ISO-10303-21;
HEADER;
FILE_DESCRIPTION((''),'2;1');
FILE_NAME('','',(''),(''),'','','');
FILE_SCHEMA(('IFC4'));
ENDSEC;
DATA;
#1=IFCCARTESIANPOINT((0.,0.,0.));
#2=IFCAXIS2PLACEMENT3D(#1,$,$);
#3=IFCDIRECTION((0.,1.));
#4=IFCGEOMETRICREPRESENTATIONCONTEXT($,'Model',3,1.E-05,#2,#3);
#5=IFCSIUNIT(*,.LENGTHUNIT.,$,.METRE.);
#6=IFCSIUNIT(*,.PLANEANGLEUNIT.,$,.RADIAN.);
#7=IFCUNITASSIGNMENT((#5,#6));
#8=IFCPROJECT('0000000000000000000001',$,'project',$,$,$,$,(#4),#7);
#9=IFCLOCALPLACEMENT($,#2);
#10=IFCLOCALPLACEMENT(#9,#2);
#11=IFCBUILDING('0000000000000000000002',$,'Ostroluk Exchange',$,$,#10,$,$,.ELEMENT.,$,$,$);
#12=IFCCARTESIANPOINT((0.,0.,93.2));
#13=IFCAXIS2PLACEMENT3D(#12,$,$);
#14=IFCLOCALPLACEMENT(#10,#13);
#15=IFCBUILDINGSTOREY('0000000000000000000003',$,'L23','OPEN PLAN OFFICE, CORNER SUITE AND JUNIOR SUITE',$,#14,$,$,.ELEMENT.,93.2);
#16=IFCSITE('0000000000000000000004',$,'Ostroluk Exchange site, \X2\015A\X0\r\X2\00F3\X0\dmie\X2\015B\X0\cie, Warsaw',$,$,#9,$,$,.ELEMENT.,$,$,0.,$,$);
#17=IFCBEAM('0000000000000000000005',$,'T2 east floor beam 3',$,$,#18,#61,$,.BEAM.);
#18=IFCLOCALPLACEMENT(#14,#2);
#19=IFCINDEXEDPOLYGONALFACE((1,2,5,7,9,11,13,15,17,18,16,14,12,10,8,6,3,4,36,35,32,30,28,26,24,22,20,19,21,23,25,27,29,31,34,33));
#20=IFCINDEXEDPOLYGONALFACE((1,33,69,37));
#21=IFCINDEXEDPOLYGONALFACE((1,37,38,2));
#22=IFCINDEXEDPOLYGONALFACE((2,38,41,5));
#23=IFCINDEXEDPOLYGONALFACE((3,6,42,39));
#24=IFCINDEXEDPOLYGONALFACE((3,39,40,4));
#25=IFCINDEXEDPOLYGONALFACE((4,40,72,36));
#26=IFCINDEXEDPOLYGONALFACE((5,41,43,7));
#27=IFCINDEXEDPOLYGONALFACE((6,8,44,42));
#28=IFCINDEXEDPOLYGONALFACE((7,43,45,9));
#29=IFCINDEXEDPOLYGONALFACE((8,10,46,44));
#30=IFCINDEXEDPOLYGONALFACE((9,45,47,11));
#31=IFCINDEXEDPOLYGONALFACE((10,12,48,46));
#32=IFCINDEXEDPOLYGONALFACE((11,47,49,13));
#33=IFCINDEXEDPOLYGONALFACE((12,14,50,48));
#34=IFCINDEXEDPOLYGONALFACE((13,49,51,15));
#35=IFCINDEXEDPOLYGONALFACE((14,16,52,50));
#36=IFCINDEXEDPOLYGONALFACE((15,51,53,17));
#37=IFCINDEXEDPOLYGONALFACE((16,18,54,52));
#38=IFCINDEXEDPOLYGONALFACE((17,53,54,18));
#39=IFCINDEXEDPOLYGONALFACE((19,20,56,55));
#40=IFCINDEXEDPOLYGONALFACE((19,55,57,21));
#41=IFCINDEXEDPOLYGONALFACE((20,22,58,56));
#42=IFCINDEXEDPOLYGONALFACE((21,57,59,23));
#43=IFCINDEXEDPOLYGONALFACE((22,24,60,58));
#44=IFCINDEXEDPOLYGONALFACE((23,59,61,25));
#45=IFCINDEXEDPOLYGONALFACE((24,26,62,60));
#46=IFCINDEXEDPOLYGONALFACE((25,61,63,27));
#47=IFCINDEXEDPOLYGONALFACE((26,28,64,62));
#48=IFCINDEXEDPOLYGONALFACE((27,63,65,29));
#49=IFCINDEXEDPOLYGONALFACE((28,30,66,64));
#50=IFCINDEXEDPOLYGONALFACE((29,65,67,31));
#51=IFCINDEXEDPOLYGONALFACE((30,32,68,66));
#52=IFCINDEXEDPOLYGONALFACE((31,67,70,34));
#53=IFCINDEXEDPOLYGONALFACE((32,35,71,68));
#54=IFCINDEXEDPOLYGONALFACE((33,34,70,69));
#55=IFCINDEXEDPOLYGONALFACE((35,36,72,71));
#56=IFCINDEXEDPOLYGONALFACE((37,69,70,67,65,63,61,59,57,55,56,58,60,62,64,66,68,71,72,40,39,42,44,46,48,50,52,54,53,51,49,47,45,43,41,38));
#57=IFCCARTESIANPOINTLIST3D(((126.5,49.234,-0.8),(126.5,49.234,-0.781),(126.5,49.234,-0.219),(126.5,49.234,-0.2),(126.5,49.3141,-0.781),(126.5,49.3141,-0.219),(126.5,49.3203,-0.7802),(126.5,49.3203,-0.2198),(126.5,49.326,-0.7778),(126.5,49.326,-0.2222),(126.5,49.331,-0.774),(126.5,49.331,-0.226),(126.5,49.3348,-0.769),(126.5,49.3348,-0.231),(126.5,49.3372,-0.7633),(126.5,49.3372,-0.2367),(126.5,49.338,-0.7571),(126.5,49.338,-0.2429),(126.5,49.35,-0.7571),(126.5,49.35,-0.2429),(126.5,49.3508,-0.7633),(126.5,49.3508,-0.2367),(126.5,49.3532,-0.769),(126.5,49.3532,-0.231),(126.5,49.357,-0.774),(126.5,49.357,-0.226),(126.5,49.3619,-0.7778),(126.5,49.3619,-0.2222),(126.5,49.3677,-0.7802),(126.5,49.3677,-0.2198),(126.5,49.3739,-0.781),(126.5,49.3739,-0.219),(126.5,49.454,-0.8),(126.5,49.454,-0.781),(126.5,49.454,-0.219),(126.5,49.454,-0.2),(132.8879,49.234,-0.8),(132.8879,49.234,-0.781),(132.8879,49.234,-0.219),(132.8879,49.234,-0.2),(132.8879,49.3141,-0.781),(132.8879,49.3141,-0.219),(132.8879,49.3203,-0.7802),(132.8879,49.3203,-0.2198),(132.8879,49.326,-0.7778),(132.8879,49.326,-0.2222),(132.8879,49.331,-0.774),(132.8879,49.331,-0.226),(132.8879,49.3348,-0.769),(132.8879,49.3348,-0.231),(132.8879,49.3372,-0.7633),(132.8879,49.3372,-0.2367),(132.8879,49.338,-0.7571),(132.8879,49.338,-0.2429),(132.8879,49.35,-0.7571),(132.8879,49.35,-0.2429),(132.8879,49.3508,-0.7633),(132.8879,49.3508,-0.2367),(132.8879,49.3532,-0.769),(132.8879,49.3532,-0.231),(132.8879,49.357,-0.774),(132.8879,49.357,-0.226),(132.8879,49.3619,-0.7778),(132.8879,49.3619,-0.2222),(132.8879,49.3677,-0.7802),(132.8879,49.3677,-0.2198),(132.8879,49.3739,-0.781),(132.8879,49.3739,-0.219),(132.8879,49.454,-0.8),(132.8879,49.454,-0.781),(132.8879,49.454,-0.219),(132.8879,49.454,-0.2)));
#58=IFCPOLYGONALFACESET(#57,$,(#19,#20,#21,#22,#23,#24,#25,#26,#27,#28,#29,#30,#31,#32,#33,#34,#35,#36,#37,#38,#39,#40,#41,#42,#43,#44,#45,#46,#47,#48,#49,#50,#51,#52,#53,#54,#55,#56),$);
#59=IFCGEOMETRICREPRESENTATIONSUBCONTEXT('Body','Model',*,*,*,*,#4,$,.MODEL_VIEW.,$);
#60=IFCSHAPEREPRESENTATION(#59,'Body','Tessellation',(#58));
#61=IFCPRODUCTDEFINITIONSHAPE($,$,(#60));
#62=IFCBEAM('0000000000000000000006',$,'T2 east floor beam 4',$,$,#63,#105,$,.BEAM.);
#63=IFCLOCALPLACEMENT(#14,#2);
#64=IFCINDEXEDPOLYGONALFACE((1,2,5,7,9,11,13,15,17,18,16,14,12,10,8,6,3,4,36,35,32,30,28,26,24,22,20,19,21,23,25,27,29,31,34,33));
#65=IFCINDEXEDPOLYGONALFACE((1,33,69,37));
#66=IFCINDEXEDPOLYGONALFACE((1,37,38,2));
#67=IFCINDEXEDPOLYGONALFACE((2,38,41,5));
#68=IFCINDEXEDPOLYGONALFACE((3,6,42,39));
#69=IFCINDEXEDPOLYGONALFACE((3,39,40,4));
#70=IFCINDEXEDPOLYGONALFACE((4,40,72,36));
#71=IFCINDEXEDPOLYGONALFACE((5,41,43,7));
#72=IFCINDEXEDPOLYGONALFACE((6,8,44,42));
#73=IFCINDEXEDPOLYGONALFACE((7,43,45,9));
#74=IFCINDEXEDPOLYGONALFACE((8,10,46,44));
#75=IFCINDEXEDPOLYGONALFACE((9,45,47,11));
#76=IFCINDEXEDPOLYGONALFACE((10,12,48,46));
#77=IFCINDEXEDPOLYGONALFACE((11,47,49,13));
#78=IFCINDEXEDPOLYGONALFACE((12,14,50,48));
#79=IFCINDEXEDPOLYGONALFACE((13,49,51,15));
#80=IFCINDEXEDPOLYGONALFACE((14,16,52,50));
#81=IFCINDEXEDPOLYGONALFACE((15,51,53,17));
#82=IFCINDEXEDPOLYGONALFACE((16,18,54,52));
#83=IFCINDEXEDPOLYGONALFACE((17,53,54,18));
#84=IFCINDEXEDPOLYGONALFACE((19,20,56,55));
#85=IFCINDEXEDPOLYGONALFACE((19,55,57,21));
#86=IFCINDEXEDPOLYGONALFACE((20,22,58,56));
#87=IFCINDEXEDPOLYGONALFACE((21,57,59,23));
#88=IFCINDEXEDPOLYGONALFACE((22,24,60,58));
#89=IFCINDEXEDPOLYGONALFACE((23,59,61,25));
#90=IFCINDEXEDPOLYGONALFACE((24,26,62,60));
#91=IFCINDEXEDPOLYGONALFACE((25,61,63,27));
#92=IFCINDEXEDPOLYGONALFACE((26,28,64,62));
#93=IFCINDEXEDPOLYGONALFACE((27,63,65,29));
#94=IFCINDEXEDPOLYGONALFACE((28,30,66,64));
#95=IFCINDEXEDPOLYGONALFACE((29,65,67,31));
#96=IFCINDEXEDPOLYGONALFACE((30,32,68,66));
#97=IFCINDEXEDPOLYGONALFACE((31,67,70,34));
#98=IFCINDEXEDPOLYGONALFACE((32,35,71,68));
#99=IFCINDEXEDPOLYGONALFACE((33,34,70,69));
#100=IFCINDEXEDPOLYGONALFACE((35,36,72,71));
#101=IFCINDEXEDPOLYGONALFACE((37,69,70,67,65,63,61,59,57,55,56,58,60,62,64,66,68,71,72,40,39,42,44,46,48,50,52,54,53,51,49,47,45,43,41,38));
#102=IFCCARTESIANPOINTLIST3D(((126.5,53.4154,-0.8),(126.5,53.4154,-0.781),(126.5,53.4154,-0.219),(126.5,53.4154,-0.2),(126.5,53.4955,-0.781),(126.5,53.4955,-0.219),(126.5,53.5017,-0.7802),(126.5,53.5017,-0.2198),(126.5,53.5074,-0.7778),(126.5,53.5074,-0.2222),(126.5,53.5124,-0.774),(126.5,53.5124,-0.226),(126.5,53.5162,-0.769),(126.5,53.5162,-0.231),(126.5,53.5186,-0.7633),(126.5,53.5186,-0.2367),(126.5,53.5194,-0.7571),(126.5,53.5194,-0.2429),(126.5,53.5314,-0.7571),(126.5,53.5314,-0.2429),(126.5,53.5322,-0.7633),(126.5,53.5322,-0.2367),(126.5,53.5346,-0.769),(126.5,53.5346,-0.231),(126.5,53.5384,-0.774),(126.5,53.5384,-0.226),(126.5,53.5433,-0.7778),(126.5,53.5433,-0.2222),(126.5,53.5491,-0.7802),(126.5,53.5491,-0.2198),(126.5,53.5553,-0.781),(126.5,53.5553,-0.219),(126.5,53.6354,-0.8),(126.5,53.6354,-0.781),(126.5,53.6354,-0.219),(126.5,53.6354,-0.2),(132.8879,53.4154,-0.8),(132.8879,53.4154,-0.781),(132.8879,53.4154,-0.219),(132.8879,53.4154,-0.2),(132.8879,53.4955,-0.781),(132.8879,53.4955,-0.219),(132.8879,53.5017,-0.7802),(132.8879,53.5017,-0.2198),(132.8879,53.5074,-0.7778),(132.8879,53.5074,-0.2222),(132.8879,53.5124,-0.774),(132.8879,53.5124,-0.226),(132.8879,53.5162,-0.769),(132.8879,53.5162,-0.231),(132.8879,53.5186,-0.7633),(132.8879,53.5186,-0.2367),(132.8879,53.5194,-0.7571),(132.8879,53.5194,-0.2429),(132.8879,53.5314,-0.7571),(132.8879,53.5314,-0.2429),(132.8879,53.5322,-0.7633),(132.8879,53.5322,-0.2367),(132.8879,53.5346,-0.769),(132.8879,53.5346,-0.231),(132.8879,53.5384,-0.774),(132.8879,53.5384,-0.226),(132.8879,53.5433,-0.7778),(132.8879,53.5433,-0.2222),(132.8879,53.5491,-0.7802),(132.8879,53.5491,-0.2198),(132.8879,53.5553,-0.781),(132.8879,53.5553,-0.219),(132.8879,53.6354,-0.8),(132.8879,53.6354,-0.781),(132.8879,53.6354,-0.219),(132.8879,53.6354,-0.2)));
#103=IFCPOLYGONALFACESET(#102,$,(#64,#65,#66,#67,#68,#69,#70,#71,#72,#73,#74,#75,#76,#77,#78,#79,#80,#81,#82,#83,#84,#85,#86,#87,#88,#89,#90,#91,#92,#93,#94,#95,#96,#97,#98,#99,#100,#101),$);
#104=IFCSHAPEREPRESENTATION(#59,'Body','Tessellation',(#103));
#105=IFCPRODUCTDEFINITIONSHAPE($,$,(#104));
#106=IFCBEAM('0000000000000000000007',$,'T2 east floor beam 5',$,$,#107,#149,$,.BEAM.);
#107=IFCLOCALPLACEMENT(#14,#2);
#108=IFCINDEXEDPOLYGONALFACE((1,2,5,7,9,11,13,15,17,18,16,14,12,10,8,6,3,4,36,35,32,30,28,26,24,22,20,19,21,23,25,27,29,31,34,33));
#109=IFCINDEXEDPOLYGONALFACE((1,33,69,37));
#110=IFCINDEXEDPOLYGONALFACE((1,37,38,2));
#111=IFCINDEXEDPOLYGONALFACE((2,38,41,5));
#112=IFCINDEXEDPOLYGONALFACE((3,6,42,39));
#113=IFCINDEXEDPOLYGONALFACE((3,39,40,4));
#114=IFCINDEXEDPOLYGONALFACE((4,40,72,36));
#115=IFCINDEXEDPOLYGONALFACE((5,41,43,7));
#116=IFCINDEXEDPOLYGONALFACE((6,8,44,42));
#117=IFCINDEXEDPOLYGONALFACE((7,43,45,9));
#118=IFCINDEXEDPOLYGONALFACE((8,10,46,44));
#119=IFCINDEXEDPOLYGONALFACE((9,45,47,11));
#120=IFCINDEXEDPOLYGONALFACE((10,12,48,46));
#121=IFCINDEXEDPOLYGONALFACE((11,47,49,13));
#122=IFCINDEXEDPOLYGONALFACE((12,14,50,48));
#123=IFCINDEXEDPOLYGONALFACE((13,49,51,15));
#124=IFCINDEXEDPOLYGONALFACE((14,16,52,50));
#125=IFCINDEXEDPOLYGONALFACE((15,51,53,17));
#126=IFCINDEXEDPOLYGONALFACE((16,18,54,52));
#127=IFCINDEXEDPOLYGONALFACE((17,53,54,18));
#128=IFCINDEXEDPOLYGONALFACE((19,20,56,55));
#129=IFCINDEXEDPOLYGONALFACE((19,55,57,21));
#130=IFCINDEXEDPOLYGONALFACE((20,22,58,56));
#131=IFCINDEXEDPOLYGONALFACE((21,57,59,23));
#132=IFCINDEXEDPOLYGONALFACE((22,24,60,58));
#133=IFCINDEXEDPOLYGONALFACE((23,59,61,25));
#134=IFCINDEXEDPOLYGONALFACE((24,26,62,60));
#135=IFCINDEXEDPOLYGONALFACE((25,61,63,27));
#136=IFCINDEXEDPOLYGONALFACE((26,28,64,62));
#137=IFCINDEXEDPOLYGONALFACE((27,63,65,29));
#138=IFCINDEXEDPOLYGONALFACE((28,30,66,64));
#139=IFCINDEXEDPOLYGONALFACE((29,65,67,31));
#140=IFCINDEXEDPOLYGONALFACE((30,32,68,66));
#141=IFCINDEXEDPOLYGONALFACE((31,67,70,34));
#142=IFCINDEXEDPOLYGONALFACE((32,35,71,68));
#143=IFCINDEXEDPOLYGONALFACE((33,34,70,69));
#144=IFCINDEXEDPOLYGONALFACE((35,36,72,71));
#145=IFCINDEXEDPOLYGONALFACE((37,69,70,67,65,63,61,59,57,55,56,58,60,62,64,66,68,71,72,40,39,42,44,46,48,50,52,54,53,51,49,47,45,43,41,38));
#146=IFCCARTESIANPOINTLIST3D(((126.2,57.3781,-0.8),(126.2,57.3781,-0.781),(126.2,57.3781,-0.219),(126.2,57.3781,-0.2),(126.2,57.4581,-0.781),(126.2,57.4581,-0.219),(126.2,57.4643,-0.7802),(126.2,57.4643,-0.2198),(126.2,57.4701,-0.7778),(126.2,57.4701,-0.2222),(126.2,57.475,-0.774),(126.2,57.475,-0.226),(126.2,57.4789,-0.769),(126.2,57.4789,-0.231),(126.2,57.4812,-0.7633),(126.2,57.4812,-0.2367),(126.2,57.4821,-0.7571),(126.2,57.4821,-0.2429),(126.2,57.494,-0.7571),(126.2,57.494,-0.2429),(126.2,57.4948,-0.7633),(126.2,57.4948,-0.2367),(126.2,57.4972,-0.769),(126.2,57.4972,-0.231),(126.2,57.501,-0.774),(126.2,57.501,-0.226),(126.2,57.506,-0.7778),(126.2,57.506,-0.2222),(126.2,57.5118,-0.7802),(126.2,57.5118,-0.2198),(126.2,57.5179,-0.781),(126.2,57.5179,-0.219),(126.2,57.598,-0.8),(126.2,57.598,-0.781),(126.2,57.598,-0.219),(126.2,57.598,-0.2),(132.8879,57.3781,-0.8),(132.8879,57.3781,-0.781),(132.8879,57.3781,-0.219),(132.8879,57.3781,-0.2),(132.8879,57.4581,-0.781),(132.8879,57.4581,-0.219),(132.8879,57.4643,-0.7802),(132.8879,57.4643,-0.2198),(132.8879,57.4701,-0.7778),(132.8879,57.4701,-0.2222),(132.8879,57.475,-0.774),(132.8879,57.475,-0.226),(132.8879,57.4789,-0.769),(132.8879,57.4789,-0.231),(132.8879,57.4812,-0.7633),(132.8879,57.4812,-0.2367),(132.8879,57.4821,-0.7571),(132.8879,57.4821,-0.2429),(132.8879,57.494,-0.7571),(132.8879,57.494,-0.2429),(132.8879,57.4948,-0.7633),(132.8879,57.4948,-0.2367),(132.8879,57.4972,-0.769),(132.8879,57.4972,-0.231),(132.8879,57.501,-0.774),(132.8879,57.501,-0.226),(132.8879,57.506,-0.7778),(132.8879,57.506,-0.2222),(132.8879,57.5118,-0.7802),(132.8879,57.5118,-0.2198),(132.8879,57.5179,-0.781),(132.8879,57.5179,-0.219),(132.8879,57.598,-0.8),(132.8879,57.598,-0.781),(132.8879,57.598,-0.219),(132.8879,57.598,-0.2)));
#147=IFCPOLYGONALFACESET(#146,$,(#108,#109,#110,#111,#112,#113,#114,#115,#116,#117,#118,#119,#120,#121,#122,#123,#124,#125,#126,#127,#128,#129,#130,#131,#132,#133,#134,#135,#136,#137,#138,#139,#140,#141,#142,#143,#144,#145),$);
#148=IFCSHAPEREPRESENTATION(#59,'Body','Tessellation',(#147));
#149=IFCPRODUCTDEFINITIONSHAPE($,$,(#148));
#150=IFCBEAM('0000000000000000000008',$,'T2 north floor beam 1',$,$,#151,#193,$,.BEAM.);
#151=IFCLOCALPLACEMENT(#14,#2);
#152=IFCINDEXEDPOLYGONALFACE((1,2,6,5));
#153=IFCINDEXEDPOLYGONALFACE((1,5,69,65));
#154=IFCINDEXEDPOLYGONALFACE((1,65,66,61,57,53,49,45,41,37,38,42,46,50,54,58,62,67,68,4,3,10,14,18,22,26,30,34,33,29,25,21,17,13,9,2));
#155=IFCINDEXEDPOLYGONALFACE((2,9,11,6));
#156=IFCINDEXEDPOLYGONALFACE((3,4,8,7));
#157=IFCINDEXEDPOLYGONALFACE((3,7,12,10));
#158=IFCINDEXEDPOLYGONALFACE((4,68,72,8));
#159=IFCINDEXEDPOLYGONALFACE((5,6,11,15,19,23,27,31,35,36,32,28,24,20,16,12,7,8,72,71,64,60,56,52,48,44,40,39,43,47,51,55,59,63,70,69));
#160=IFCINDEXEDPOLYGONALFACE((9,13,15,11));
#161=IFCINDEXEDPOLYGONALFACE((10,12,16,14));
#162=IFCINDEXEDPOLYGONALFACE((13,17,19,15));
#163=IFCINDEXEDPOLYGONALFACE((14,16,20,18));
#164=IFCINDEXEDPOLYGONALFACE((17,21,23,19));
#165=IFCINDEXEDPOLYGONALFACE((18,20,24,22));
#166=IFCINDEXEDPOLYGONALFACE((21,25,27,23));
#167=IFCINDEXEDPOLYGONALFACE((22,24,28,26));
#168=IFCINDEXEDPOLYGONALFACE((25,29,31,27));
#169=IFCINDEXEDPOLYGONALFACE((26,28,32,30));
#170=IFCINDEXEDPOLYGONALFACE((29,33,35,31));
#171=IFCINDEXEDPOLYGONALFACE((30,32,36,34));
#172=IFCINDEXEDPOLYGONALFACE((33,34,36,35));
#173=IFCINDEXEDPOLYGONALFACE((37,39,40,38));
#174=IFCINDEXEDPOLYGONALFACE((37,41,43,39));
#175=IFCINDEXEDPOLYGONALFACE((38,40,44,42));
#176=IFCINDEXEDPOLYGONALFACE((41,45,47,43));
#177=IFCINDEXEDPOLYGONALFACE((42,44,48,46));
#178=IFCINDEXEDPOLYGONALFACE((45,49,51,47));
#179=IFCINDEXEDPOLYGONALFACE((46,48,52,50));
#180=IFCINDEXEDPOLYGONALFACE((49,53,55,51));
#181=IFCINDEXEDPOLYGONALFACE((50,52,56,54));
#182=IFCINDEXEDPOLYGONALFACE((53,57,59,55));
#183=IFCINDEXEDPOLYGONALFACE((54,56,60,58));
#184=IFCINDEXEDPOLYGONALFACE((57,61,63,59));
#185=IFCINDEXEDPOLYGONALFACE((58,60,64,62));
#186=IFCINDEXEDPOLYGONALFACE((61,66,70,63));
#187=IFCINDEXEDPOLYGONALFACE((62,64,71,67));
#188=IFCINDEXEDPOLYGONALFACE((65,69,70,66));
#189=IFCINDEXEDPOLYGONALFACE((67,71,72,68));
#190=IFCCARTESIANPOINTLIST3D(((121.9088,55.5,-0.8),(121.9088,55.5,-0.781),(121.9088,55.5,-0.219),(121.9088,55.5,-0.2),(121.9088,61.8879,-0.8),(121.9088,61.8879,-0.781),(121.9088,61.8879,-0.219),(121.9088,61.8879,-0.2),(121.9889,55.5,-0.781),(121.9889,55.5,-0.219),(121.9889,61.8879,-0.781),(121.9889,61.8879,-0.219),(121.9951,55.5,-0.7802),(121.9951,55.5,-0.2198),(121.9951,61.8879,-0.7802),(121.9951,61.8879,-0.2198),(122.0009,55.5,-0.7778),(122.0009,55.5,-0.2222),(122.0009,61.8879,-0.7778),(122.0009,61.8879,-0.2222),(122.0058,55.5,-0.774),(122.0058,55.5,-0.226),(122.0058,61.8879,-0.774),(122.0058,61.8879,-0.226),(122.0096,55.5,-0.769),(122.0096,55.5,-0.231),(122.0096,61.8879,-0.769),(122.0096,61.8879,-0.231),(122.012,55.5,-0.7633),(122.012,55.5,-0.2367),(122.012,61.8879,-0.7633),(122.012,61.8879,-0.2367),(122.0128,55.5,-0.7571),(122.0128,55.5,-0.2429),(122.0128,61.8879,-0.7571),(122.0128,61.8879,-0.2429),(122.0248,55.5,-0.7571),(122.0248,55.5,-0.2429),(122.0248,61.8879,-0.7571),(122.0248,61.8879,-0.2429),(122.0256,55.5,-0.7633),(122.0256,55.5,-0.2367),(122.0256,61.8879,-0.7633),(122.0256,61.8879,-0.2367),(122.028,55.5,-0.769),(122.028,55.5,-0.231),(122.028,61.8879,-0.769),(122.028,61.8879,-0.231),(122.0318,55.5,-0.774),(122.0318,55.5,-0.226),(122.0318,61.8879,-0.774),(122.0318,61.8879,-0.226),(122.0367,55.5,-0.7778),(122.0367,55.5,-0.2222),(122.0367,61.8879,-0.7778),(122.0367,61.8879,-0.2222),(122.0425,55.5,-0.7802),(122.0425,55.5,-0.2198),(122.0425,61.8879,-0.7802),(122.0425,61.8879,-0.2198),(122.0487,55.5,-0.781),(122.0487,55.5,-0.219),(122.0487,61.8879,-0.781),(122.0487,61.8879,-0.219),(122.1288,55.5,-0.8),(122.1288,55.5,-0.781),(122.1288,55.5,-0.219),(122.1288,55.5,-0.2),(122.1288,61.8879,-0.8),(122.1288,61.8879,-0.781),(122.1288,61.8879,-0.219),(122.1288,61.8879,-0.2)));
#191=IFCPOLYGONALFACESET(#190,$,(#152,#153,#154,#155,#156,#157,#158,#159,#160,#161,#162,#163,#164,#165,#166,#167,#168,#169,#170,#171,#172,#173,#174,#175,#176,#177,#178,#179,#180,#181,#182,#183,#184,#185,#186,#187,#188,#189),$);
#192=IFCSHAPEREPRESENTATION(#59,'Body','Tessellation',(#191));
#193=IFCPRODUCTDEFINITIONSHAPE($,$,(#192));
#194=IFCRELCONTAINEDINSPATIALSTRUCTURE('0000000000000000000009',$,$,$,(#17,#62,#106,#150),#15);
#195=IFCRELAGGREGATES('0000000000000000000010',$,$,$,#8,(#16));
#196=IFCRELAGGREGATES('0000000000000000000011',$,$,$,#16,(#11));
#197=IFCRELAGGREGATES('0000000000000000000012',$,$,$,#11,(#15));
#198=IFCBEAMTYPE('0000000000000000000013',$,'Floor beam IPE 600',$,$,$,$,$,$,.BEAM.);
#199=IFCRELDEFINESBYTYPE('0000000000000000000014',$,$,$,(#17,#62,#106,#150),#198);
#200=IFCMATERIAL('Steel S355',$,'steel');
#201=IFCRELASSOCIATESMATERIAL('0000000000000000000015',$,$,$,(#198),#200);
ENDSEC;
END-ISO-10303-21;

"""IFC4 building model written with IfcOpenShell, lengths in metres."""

from ifc_helpers import new_model, si_unit, direction, frame, origin, origin_2d, place, context, subcontext, project, spatial, i_section, extrude, material, material_profile, profile_set, type_object, element, save


model = new_model("IFC4")

# Units and contexts
model_context = context("Model", 3, precision=1e-05, world=origin(), true_north=direction((0.0, 1.0)))
body_context = subcontext(model_context, "Body", "Model", "MODEL_VIEW")
ifc_project = project(units=[si_unit("LENGTHUNIT", "METRE"), si_unit("PLANEANGLEUNIT", "RADIAN")], contexts=[model_context])

# Site, building, storey
site_placement = place(None, origin())
site = spatial("IfcSite", under=ifc_project, at=site_placement, Name="Ostroluk Exchange site, Śródmieście, Warsaw", CompositionType="ELEMENT", RefElevation=0.0)
building_placement = place(site_placement, origin())
building = spatial("IfcBuilding", under=site, at=building_placement, Name="Ostroluk Exchange", CompositionType="ELEMENT")
storey_placement = place(building_placement, frame((0.0, 0.0, 93.2)))
storey = spatial("IfcBuildingStorey", under=building, at=storey_placement, Name="L23", Description="OPEN PLAN OFFICE, CORNER SUITE AND JUNIOR SUITE", CompositionType="ELEMENT", Elevation=93.2)

# Beams
ifc_material_1 = material(Name="Steel S355", Category="steel")
ifc_material_profile_1 = material_profile(ifc_material_1, i_section(OverallWidth=0.22, OverallDepth=0.6001, WebThickness=0.012, FlangeThickness=0.019, FilletRadius=0.0239, at=origin_2d()), Name="IPE 600")
ifc_profile_set_1 = profile_set([ifc_material_profile_1], Name="Steel S355")
beam_type_1 = type_object("IfcBeamType", Name="Floor beam IPE 600", PredefinedType="BEAM", material=ifc_profile_set_1)
for number, where, z_axis, x_axis, name in (
    (1, (126.5, 49.344, -0.5), (1.0, 0.0, 0.0), (0.0, 1.0, 0.0), "T2 east floor beam 3"),
    (2, (126.5, 53.5254, -0.5), (1.0, 0.0, 0.0), (0.0, 1.0, 0.0), "T2 east floor beam 4"),
):
    element("IfcBeam", number, at=place(storey_placement, frame(where, z_axis=z_axis, x_axis=x_axis)), inside=storey, type_object=beam_type_1, Name=name, PredefinedType="BEAM", context=body_context, shape_type="SweptSolid", body=[
        extrude(i_section(OverallWidth=0.22, OverallDepth=0.6001, WebThickness=0.012, FlangeThickness=0.019, FilletRadius=0.0239, at=origin_2d()), origin(), (0.0, 0.0, 1.0), 6.3879),
    ])
beam_1_placement = place(storey_placement, frame((126.2, 57.488, -0.5), z_axis=(1.0, 0.0, 0.0), x_axis=(0.0, 1.0, 0.0)))
element("IfcBeam", 3, at=beam_1_placement, inside=storey, type_object=beam_type_1, Name="T2 east floor beam 5", PredefinedType="BEAM", context=body_context, shape_type="SweptSolid", body=[
    extrude(i_section(OverallWidth=0.22, OverallDepth=0.6001, WebThickness=0.012, FlangeThickness=0.019, FilletRadius=0.0239, at=origin_2d()), origin(), (0.0, 0.0, 1.0), 6.688),
])
for number, where, z_axis, x_axis, name in (
    (4, (122.0188, 55.5, -0.5), (0.0, 1.0, 0.0), (-1.0, 0.0, 0.0), "T2 north floor beam 1"),
):
    element("IfcBeam", number, at=place(storey_placement, frame(where, z_axis=z_axis, x_axis=x_axis)), inside=storey, type_object=beam_type_1, Name=name, PredefinedType="BEAM", context=body_context, shape_type="SweptSolid", body=[
        extrude(i_section(OverallWidth=0.22, OverallDepth=0.6001, WebThickness=0.012, FlangeThickness=0.019, FilletRadius=0.0239, at=origin_2d()), origin(), (0.0, 0.0, 1.0), 6.3879),
    ])

save(model, "model.ifc")
